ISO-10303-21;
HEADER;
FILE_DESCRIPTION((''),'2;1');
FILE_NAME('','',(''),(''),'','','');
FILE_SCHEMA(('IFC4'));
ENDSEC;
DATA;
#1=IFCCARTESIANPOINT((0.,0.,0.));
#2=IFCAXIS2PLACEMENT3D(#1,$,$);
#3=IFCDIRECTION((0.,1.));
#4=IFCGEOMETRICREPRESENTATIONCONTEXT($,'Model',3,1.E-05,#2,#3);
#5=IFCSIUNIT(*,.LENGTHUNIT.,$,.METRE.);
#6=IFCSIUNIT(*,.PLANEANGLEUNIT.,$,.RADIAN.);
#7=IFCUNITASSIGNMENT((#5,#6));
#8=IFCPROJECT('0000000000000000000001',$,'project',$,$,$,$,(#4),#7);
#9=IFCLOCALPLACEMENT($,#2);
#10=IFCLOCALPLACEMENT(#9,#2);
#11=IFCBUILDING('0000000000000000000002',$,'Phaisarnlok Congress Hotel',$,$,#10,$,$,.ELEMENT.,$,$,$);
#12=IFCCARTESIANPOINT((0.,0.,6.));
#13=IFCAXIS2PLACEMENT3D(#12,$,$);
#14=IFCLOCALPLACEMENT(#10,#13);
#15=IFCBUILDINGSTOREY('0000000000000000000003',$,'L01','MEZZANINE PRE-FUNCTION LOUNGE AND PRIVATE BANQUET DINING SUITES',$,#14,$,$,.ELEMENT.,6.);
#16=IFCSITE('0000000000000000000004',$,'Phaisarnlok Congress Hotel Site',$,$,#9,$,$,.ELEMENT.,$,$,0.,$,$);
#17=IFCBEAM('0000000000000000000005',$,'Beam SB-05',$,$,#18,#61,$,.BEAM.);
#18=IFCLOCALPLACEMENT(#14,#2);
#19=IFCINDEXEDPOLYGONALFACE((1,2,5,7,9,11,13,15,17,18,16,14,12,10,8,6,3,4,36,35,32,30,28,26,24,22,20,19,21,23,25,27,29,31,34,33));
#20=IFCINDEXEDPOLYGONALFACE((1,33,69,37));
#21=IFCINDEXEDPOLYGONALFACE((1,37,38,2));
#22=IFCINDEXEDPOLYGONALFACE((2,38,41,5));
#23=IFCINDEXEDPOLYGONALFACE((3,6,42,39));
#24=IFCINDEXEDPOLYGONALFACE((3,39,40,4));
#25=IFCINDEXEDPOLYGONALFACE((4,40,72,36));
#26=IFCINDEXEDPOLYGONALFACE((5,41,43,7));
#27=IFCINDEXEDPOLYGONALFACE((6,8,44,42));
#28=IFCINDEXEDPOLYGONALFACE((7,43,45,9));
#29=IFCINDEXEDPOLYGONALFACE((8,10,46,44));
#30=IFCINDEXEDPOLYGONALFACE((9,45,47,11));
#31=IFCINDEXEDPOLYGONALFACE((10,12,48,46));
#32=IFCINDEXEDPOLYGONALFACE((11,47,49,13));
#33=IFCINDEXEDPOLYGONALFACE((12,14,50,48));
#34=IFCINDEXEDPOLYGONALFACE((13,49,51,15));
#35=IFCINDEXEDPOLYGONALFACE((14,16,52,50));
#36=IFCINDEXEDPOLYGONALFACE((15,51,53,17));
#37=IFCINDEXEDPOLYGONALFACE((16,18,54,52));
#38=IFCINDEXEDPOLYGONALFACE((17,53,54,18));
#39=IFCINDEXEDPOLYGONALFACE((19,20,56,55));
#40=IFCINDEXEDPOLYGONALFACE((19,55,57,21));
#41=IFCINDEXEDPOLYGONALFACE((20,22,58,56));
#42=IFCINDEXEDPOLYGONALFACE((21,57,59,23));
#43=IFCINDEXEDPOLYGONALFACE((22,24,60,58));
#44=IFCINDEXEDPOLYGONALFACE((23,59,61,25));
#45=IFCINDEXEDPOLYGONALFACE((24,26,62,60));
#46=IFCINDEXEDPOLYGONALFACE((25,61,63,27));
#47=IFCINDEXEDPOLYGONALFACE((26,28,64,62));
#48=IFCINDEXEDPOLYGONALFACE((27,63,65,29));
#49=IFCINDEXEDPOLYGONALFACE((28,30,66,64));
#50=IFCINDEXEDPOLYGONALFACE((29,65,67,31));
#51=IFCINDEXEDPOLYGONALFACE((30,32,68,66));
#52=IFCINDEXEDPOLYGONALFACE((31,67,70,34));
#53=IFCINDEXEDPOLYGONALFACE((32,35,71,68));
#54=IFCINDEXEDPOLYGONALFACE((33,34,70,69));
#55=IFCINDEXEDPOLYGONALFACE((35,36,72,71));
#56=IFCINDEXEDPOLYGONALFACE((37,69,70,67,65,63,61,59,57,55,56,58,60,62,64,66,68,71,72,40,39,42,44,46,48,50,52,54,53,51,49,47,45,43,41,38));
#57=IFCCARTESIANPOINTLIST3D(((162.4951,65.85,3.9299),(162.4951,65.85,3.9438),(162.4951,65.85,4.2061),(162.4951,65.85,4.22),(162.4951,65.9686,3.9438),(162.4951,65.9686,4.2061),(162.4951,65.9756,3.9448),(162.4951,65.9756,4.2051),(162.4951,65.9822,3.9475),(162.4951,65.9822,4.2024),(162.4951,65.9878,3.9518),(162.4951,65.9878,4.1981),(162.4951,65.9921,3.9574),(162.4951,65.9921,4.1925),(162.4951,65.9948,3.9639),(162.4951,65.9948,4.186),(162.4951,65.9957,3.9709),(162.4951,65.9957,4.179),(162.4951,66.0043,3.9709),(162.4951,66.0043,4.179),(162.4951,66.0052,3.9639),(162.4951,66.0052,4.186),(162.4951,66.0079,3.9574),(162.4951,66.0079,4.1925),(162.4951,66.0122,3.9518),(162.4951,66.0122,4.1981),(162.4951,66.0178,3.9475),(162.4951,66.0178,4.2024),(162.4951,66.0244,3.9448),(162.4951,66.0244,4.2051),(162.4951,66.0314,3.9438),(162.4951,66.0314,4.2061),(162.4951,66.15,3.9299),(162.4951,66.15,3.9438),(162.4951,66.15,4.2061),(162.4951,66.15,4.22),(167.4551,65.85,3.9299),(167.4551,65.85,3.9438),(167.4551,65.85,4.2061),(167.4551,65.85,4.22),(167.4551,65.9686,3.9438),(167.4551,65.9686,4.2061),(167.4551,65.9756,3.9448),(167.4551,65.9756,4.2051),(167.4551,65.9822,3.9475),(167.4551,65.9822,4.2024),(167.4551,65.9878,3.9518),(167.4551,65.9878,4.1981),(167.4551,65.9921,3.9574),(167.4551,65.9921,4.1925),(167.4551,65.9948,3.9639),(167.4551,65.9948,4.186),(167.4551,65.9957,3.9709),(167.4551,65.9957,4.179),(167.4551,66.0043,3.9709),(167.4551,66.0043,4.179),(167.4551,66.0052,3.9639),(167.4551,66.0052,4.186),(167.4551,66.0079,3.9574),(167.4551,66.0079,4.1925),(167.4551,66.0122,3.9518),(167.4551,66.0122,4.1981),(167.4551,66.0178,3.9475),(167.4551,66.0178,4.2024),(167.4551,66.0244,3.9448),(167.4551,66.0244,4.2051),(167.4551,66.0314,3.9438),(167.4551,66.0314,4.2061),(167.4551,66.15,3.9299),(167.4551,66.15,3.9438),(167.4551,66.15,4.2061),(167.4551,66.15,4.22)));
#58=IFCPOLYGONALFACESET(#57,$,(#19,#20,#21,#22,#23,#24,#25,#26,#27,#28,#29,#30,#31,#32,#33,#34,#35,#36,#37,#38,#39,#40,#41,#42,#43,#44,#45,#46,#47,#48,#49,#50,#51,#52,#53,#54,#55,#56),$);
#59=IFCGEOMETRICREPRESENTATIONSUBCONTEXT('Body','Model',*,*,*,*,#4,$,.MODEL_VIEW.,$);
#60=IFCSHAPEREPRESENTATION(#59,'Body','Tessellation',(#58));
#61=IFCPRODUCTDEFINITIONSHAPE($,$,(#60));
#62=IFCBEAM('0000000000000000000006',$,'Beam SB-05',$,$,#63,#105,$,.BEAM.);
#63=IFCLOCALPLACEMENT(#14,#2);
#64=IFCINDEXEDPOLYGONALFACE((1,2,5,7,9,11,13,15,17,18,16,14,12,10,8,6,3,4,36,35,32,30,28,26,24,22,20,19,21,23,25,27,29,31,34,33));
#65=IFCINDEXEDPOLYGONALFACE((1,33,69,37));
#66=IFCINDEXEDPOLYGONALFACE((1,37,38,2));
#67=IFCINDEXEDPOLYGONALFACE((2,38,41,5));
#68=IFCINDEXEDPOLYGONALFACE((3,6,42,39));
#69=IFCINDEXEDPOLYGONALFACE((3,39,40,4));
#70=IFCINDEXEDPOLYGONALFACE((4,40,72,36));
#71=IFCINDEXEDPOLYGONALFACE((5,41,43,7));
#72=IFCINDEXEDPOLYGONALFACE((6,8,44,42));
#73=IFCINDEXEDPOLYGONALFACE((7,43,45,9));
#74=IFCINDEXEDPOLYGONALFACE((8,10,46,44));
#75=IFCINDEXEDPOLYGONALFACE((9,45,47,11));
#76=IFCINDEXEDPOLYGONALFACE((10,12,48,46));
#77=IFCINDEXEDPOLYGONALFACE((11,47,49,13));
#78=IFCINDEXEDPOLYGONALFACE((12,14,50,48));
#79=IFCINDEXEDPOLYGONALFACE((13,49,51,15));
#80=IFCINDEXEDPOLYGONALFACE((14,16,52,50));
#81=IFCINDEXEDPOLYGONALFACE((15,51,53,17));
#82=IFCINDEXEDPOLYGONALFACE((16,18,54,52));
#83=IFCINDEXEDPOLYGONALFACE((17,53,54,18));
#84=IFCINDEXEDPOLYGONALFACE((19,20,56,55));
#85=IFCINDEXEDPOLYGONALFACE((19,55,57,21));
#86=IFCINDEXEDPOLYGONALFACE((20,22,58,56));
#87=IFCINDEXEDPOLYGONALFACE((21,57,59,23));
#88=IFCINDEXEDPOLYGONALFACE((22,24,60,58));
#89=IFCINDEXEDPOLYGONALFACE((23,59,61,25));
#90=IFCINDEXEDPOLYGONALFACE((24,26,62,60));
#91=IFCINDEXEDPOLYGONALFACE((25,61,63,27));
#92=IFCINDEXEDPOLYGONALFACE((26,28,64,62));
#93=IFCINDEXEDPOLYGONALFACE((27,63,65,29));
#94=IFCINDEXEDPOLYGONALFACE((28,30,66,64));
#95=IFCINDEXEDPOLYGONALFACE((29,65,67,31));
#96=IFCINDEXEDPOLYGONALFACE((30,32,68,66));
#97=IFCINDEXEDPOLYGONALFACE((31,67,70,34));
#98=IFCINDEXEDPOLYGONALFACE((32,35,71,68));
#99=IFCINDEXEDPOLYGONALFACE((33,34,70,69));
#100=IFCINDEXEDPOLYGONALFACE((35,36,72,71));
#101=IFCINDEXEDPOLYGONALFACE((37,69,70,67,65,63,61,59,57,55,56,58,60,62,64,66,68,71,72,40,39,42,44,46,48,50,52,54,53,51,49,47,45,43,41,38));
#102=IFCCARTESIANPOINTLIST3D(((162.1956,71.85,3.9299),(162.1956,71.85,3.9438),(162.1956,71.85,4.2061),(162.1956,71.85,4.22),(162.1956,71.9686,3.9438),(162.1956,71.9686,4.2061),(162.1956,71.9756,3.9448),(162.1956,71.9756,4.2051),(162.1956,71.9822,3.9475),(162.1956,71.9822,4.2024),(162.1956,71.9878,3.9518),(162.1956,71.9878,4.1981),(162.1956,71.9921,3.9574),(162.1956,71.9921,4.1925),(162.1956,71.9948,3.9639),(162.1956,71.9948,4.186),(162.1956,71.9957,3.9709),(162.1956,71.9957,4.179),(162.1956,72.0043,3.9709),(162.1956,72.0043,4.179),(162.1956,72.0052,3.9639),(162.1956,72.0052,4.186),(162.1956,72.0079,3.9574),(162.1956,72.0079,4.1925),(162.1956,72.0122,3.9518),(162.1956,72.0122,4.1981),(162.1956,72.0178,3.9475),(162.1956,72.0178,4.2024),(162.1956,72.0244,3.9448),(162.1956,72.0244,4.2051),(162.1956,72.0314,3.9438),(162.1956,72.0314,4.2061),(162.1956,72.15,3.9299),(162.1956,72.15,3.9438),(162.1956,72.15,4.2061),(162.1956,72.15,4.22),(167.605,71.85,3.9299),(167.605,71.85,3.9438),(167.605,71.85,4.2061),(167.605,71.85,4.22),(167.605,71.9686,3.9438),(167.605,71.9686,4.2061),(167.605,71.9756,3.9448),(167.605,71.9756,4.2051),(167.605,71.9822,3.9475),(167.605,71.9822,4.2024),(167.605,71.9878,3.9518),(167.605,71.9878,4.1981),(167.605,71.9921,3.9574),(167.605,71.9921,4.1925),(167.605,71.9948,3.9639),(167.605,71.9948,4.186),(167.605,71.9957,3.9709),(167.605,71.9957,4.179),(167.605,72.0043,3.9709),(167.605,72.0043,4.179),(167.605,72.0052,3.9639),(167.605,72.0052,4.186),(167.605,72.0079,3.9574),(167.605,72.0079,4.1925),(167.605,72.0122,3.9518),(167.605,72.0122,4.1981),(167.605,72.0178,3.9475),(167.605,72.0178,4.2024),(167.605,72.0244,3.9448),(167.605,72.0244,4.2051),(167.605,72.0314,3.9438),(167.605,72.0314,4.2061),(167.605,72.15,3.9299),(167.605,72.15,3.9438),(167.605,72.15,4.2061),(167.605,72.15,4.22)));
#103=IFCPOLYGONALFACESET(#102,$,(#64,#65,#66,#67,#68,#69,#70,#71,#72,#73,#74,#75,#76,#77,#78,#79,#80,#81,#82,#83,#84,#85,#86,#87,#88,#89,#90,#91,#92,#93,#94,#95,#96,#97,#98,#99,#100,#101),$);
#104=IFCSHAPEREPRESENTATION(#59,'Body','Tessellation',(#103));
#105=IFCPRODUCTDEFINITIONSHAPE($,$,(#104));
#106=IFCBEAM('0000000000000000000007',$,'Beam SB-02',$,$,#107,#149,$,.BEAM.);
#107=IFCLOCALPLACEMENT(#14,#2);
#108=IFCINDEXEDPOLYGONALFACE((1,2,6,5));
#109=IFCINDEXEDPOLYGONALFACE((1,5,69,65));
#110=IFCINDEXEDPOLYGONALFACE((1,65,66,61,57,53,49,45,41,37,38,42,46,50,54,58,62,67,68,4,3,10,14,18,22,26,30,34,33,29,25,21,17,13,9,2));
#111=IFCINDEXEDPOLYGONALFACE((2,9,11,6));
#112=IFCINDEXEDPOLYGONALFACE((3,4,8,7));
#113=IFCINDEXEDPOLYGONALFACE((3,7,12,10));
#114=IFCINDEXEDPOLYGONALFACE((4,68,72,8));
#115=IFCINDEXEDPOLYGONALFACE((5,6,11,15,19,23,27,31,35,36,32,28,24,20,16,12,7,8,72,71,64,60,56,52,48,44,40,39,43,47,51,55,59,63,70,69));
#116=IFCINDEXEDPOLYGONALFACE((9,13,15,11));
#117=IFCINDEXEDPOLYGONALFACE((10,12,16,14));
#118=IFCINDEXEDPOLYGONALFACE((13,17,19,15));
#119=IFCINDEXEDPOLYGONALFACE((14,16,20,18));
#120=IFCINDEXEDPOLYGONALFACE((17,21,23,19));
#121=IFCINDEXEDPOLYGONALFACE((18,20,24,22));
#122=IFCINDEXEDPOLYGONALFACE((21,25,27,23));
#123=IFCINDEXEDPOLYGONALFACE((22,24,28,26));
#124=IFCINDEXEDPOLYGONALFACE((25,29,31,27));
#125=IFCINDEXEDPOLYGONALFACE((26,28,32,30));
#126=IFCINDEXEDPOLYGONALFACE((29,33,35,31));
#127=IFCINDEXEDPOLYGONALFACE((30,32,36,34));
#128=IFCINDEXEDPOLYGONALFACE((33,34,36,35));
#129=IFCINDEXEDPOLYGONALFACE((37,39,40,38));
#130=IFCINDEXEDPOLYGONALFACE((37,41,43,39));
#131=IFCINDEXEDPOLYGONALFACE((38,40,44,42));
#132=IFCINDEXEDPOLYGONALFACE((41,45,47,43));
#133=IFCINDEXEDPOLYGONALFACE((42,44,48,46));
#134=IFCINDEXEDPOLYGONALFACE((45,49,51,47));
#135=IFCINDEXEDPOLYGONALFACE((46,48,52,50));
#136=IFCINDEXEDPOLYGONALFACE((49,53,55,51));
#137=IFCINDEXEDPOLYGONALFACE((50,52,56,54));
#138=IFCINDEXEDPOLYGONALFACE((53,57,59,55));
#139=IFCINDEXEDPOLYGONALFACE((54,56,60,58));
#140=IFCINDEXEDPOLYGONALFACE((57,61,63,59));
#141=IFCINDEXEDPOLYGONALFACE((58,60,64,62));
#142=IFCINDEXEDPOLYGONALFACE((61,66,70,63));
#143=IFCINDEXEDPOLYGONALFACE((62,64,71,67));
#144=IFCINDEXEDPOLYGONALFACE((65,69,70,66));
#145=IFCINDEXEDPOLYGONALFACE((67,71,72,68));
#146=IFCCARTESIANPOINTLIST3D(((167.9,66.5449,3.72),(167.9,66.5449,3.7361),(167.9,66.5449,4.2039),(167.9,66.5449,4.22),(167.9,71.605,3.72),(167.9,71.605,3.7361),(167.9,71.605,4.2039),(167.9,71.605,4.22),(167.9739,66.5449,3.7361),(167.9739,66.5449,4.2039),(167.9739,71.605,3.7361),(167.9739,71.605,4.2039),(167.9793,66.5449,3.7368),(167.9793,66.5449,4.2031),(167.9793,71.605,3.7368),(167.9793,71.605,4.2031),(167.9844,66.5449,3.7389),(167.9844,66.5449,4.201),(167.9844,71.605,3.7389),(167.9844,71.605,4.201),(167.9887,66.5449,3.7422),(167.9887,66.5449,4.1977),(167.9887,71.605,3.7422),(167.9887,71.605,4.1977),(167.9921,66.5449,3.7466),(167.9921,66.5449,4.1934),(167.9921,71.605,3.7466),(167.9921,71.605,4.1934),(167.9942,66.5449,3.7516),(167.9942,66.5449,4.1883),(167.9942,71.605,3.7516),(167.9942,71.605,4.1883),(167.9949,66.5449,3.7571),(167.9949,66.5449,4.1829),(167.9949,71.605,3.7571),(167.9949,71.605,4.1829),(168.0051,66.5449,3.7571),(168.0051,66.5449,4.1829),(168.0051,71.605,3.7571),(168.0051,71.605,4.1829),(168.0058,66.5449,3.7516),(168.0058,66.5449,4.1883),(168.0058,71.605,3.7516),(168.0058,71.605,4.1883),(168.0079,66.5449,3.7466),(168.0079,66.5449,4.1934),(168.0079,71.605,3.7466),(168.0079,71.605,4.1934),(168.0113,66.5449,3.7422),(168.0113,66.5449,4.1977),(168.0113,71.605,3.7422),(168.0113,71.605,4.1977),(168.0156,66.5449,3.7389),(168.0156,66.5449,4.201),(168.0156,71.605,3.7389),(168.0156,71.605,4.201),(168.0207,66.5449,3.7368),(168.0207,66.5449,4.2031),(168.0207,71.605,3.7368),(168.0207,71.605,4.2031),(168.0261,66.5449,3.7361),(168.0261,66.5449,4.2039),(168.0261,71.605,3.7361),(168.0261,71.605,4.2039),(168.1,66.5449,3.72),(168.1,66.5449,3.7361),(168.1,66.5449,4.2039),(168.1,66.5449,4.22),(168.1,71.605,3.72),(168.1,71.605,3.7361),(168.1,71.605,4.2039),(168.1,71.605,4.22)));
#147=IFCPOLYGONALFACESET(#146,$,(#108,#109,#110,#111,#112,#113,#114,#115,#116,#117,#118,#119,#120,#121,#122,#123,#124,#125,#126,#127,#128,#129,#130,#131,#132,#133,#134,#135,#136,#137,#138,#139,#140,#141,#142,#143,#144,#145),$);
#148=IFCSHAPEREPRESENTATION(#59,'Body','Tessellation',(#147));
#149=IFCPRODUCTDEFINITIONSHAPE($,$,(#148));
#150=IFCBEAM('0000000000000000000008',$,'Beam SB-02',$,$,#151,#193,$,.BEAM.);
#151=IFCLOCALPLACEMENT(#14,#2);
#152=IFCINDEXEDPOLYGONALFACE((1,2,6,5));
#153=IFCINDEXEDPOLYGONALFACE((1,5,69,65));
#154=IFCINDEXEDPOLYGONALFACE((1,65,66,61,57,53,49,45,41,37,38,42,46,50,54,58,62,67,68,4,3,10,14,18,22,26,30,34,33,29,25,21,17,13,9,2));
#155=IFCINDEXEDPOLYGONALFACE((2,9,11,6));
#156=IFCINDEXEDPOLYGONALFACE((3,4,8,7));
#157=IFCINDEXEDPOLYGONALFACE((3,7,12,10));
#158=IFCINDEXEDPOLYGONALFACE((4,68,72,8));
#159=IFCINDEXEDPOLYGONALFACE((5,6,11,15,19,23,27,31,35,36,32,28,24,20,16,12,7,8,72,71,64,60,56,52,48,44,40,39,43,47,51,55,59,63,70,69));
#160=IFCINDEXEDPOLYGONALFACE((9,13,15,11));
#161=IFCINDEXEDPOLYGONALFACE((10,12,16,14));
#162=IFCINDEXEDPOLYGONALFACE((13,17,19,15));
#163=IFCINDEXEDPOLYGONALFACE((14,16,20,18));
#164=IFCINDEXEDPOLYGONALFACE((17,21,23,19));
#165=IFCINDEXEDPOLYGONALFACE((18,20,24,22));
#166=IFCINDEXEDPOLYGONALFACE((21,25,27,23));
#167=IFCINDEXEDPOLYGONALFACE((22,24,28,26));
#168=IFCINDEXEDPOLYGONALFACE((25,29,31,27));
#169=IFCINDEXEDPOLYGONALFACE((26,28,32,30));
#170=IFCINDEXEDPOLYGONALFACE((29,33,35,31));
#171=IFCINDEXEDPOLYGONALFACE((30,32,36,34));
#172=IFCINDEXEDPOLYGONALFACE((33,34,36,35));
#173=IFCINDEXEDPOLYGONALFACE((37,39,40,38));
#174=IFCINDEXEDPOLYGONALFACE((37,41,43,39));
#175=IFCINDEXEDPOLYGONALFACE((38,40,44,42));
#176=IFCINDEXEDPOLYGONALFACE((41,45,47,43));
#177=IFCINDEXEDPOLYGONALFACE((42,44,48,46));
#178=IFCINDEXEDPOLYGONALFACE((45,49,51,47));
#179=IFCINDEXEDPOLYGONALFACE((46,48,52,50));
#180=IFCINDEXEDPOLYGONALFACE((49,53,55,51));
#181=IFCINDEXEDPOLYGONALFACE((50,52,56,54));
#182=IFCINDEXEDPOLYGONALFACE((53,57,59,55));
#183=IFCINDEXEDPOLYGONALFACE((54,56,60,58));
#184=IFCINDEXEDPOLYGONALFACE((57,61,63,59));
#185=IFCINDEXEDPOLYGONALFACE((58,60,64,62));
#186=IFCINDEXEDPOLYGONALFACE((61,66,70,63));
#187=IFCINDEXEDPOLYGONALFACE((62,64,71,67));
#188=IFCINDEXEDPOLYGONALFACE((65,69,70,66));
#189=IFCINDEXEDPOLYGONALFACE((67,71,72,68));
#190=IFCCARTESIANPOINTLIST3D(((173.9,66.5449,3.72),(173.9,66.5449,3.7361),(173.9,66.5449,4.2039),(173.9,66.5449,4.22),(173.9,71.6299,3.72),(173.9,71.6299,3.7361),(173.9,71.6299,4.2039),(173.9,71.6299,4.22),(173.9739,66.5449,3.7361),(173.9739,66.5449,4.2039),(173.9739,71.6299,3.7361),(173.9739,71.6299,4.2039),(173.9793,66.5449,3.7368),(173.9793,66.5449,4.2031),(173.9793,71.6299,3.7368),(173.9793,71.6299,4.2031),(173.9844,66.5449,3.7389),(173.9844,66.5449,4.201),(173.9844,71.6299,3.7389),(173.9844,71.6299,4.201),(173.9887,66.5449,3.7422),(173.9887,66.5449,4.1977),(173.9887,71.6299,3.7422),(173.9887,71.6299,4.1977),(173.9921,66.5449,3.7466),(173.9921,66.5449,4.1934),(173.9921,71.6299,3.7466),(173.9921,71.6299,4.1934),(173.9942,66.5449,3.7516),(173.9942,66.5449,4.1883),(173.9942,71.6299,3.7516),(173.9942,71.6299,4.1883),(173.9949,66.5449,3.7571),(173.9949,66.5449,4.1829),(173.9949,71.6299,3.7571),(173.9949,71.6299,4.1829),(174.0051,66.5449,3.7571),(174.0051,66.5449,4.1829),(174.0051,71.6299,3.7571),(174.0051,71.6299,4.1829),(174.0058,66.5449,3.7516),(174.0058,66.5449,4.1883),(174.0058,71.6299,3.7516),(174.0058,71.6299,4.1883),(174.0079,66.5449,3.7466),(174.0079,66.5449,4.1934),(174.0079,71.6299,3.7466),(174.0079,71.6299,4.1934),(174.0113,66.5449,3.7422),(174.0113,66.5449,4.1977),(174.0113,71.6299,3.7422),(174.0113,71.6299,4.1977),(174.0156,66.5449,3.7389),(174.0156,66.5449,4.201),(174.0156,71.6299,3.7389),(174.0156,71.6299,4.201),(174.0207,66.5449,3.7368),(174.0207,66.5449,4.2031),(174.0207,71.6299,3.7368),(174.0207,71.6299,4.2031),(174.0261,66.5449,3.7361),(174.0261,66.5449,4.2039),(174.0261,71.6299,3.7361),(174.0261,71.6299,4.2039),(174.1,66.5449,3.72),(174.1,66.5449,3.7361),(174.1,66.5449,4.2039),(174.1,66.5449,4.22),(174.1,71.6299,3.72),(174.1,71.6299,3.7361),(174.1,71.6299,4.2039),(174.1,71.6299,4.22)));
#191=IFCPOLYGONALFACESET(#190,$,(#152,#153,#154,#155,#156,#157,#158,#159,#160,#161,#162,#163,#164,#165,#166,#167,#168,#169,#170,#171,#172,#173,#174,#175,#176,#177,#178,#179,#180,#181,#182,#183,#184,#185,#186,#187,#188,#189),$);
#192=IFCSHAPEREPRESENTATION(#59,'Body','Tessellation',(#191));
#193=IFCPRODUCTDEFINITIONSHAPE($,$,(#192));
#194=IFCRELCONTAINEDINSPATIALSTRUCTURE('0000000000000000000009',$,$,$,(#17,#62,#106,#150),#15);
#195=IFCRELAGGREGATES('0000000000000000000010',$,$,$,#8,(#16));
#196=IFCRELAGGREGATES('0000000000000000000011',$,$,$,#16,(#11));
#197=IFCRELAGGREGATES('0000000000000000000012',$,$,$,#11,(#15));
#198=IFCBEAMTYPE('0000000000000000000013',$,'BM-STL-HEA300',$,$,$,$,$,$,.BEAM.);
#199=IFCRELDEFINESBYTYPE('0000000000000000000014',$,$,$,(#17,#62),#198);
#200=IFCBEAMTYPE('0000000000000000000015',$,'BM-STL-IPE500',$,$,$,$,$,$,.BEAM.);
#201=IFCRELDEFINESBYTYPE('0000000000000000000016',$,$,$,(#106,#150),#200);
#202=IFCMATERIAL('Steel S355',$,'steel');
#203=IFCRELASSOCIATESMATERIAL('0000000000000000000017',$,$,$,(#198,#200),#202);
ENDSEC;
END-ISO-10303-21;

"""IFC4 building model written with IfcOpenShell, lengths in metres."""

from ifc_helpers import new_model, si_unit, direction, frame, origin, origin_2d, place, context, subcontext, project, spatial, i_section, extrude, material, material_profile, profile_set, type_object, element, save


model = new_model("IFC4")

# Units and contexts
model_context = context("Model", 3, precision=1e-05, world=origin(), true_north=direction((0.0, 1.0)))
body_context = subcontext(model_context, "Body", "Model", "MODEL_VIEW")
ifc_project = project(units=[si_unit("LENGTHUNIT", "METRE"), si_unit("PLANEANGLEUNIT", "RADIAN")], contexts=[model_context])

# Site, building, storey
site_placement = place(None, origin())
site = spatial("IfcSite", under=ifc_project, at=site_placement, Name="Phaisarnlok Congress Hotel Site", CompositionType="ELEMENT", RefElevation=0.0)
building_placement = place(site_placement, origin())
building = spatial("IfcBuilding", under=site, at=building_placement, Name="Phaisarnlok Congress Hotel", CompositionType="ELEMENT")
storey_placement = place(building_placement, frame((0.0, 0.0, 6.0)))
storey = spatial("IfcBuildingStorey", under=building, at=storey_placement, Name="L01", Description="MEZZANINE PRE-FUNCTION LOUNGE AND PRIVATE BANQUET DINING SUITES", CompositionType="ELEMENT", Elevation=6.0)

# Shared definitions
ifc_material_1 = material(Name="Steel S355", Category="steel")

# Beams
ifc_material_profile_1 = material_profile(ifc_material_1, i_section(OverallWidth=0.3, OverallDepth=0.29, WebThickness=0.0085, FlangeThickness=0.0139, FilletRadius=0.0271, at=origin_2d()), Name="HEA 300")
ifc_profile_set_1 = profile_set([ifc_material_profile_1], Name="Steel S355")
beam_type_1 = type_object("IfcBeamType", Name="BM-STL-HEA300", PredefinedType="BEAM", material=ifc_profile_set_1)
beam_1_placement = place(storey_placement, frame((162.4951, 66.0, 4.075), z_axis=(1.0, 0.0, 0.0), x_axis=(0.0, 1.0, 0.0)))
element("IfcBeam", 1, at=beam_1_placement, inside=storey, type_object=beam_type_1, Name="Beam SB-05", PredefinedType="BEAM", context=body_context, shape_type="SweptSolid", body=[
    extrude(i_section(OverallWidth=0.3, OverallDepth=0.29, WebThickness=0.0085, FlangeThickness=0.0139, FilletRadius=0.0271, at=origin_2d()), origin(), (0.0, 0.0, 1.0), 4.96),
])
beam_2_placement = place(storey_placement, frame((162.1956, 72.0, 4.075), z_axis=(1.0, 0.0, 0.0), x_axis=(0.0, 1.0, 0.0)))
element("IfcBeam", 2, at=beam_2_placement, inside=storey, type_object=beam_type_1, Name="Beam SB-05", PredefinedType="BEAM", context=body_context, shape_type="SweptSolid", body=[
    extrude(i_section(OverallWidth=0.3, OverallDepth=0.29, WebThickness=0.0085, FlangeThickness=0.0139, FilletRadius=0.0271, at=origin_2d()), origin(), (0.0, 0.0, 1.0), 5.4094),
])
ifc_material_profile_2 = material_profile(ifc_material_1, i_section(OverallWidth=0.2, OverallDepth=0.5, WebThickness=0.0103, FlangeThickness=0.0161, FilletRadius=0.021, at=origin_2d()), Name="IPE 500")
ifc_profile_set_2 = profile_set([ifc_material_profile_2], Name="Steel S355")
beam_type_2 = type_object("IfcBeamType", Name="BM-STL-IPE500", PredefinedType="BEAM", material=ifc_profile_set_2)
beam_3_placement = place(storey_placement, frame((168.0, 66.5449, 3.97), z_axis=(0.0, 1.0, 0.0), x_axis=(-1.0, 0.0, 0.0)))
element("IfcBeam", 3, at=beam_3_placement, inside=storey, type_object=beam_type_2, Name="Beam SB-02", PredefinedType="BEAM", context=body_context, shape_type="SweptSolid", body=[
    extrude(i_section(OverallWidth=0.2, OverallDepth=0.5, WebThickness=0.0103, FlangeThickness=0.0161, FilletRadius=0.021, at=origin_2d()), origin(), (0.0, 0.0, 1.0), 5.0601),
])
beam_4_placement = place(storey_placement, frame((174.0, 66.5449, 3.97), z_axis=(0.0, 1.0, 0.0), x_axis=(-1.0, 0.0, 0.0)))
element("IfcBeam", 4, at=beam_4_placement, inside=storey, type_object=beam_type_2, Name="Beam SB-02", PredefinedType="BEAM", context=body_context, shape_type="SweptSolid", body=[
    extrude(i_section(OverallWidth=0.2, OverallDepth=0.5, WebThickness=0.0103, FlangeThickness=0.0161, FilletRadius=0.021, at=origin_2d()), origin(), (0.0, 0.0, 1.0), 5.085),
])

save(model, "model.ifc")
